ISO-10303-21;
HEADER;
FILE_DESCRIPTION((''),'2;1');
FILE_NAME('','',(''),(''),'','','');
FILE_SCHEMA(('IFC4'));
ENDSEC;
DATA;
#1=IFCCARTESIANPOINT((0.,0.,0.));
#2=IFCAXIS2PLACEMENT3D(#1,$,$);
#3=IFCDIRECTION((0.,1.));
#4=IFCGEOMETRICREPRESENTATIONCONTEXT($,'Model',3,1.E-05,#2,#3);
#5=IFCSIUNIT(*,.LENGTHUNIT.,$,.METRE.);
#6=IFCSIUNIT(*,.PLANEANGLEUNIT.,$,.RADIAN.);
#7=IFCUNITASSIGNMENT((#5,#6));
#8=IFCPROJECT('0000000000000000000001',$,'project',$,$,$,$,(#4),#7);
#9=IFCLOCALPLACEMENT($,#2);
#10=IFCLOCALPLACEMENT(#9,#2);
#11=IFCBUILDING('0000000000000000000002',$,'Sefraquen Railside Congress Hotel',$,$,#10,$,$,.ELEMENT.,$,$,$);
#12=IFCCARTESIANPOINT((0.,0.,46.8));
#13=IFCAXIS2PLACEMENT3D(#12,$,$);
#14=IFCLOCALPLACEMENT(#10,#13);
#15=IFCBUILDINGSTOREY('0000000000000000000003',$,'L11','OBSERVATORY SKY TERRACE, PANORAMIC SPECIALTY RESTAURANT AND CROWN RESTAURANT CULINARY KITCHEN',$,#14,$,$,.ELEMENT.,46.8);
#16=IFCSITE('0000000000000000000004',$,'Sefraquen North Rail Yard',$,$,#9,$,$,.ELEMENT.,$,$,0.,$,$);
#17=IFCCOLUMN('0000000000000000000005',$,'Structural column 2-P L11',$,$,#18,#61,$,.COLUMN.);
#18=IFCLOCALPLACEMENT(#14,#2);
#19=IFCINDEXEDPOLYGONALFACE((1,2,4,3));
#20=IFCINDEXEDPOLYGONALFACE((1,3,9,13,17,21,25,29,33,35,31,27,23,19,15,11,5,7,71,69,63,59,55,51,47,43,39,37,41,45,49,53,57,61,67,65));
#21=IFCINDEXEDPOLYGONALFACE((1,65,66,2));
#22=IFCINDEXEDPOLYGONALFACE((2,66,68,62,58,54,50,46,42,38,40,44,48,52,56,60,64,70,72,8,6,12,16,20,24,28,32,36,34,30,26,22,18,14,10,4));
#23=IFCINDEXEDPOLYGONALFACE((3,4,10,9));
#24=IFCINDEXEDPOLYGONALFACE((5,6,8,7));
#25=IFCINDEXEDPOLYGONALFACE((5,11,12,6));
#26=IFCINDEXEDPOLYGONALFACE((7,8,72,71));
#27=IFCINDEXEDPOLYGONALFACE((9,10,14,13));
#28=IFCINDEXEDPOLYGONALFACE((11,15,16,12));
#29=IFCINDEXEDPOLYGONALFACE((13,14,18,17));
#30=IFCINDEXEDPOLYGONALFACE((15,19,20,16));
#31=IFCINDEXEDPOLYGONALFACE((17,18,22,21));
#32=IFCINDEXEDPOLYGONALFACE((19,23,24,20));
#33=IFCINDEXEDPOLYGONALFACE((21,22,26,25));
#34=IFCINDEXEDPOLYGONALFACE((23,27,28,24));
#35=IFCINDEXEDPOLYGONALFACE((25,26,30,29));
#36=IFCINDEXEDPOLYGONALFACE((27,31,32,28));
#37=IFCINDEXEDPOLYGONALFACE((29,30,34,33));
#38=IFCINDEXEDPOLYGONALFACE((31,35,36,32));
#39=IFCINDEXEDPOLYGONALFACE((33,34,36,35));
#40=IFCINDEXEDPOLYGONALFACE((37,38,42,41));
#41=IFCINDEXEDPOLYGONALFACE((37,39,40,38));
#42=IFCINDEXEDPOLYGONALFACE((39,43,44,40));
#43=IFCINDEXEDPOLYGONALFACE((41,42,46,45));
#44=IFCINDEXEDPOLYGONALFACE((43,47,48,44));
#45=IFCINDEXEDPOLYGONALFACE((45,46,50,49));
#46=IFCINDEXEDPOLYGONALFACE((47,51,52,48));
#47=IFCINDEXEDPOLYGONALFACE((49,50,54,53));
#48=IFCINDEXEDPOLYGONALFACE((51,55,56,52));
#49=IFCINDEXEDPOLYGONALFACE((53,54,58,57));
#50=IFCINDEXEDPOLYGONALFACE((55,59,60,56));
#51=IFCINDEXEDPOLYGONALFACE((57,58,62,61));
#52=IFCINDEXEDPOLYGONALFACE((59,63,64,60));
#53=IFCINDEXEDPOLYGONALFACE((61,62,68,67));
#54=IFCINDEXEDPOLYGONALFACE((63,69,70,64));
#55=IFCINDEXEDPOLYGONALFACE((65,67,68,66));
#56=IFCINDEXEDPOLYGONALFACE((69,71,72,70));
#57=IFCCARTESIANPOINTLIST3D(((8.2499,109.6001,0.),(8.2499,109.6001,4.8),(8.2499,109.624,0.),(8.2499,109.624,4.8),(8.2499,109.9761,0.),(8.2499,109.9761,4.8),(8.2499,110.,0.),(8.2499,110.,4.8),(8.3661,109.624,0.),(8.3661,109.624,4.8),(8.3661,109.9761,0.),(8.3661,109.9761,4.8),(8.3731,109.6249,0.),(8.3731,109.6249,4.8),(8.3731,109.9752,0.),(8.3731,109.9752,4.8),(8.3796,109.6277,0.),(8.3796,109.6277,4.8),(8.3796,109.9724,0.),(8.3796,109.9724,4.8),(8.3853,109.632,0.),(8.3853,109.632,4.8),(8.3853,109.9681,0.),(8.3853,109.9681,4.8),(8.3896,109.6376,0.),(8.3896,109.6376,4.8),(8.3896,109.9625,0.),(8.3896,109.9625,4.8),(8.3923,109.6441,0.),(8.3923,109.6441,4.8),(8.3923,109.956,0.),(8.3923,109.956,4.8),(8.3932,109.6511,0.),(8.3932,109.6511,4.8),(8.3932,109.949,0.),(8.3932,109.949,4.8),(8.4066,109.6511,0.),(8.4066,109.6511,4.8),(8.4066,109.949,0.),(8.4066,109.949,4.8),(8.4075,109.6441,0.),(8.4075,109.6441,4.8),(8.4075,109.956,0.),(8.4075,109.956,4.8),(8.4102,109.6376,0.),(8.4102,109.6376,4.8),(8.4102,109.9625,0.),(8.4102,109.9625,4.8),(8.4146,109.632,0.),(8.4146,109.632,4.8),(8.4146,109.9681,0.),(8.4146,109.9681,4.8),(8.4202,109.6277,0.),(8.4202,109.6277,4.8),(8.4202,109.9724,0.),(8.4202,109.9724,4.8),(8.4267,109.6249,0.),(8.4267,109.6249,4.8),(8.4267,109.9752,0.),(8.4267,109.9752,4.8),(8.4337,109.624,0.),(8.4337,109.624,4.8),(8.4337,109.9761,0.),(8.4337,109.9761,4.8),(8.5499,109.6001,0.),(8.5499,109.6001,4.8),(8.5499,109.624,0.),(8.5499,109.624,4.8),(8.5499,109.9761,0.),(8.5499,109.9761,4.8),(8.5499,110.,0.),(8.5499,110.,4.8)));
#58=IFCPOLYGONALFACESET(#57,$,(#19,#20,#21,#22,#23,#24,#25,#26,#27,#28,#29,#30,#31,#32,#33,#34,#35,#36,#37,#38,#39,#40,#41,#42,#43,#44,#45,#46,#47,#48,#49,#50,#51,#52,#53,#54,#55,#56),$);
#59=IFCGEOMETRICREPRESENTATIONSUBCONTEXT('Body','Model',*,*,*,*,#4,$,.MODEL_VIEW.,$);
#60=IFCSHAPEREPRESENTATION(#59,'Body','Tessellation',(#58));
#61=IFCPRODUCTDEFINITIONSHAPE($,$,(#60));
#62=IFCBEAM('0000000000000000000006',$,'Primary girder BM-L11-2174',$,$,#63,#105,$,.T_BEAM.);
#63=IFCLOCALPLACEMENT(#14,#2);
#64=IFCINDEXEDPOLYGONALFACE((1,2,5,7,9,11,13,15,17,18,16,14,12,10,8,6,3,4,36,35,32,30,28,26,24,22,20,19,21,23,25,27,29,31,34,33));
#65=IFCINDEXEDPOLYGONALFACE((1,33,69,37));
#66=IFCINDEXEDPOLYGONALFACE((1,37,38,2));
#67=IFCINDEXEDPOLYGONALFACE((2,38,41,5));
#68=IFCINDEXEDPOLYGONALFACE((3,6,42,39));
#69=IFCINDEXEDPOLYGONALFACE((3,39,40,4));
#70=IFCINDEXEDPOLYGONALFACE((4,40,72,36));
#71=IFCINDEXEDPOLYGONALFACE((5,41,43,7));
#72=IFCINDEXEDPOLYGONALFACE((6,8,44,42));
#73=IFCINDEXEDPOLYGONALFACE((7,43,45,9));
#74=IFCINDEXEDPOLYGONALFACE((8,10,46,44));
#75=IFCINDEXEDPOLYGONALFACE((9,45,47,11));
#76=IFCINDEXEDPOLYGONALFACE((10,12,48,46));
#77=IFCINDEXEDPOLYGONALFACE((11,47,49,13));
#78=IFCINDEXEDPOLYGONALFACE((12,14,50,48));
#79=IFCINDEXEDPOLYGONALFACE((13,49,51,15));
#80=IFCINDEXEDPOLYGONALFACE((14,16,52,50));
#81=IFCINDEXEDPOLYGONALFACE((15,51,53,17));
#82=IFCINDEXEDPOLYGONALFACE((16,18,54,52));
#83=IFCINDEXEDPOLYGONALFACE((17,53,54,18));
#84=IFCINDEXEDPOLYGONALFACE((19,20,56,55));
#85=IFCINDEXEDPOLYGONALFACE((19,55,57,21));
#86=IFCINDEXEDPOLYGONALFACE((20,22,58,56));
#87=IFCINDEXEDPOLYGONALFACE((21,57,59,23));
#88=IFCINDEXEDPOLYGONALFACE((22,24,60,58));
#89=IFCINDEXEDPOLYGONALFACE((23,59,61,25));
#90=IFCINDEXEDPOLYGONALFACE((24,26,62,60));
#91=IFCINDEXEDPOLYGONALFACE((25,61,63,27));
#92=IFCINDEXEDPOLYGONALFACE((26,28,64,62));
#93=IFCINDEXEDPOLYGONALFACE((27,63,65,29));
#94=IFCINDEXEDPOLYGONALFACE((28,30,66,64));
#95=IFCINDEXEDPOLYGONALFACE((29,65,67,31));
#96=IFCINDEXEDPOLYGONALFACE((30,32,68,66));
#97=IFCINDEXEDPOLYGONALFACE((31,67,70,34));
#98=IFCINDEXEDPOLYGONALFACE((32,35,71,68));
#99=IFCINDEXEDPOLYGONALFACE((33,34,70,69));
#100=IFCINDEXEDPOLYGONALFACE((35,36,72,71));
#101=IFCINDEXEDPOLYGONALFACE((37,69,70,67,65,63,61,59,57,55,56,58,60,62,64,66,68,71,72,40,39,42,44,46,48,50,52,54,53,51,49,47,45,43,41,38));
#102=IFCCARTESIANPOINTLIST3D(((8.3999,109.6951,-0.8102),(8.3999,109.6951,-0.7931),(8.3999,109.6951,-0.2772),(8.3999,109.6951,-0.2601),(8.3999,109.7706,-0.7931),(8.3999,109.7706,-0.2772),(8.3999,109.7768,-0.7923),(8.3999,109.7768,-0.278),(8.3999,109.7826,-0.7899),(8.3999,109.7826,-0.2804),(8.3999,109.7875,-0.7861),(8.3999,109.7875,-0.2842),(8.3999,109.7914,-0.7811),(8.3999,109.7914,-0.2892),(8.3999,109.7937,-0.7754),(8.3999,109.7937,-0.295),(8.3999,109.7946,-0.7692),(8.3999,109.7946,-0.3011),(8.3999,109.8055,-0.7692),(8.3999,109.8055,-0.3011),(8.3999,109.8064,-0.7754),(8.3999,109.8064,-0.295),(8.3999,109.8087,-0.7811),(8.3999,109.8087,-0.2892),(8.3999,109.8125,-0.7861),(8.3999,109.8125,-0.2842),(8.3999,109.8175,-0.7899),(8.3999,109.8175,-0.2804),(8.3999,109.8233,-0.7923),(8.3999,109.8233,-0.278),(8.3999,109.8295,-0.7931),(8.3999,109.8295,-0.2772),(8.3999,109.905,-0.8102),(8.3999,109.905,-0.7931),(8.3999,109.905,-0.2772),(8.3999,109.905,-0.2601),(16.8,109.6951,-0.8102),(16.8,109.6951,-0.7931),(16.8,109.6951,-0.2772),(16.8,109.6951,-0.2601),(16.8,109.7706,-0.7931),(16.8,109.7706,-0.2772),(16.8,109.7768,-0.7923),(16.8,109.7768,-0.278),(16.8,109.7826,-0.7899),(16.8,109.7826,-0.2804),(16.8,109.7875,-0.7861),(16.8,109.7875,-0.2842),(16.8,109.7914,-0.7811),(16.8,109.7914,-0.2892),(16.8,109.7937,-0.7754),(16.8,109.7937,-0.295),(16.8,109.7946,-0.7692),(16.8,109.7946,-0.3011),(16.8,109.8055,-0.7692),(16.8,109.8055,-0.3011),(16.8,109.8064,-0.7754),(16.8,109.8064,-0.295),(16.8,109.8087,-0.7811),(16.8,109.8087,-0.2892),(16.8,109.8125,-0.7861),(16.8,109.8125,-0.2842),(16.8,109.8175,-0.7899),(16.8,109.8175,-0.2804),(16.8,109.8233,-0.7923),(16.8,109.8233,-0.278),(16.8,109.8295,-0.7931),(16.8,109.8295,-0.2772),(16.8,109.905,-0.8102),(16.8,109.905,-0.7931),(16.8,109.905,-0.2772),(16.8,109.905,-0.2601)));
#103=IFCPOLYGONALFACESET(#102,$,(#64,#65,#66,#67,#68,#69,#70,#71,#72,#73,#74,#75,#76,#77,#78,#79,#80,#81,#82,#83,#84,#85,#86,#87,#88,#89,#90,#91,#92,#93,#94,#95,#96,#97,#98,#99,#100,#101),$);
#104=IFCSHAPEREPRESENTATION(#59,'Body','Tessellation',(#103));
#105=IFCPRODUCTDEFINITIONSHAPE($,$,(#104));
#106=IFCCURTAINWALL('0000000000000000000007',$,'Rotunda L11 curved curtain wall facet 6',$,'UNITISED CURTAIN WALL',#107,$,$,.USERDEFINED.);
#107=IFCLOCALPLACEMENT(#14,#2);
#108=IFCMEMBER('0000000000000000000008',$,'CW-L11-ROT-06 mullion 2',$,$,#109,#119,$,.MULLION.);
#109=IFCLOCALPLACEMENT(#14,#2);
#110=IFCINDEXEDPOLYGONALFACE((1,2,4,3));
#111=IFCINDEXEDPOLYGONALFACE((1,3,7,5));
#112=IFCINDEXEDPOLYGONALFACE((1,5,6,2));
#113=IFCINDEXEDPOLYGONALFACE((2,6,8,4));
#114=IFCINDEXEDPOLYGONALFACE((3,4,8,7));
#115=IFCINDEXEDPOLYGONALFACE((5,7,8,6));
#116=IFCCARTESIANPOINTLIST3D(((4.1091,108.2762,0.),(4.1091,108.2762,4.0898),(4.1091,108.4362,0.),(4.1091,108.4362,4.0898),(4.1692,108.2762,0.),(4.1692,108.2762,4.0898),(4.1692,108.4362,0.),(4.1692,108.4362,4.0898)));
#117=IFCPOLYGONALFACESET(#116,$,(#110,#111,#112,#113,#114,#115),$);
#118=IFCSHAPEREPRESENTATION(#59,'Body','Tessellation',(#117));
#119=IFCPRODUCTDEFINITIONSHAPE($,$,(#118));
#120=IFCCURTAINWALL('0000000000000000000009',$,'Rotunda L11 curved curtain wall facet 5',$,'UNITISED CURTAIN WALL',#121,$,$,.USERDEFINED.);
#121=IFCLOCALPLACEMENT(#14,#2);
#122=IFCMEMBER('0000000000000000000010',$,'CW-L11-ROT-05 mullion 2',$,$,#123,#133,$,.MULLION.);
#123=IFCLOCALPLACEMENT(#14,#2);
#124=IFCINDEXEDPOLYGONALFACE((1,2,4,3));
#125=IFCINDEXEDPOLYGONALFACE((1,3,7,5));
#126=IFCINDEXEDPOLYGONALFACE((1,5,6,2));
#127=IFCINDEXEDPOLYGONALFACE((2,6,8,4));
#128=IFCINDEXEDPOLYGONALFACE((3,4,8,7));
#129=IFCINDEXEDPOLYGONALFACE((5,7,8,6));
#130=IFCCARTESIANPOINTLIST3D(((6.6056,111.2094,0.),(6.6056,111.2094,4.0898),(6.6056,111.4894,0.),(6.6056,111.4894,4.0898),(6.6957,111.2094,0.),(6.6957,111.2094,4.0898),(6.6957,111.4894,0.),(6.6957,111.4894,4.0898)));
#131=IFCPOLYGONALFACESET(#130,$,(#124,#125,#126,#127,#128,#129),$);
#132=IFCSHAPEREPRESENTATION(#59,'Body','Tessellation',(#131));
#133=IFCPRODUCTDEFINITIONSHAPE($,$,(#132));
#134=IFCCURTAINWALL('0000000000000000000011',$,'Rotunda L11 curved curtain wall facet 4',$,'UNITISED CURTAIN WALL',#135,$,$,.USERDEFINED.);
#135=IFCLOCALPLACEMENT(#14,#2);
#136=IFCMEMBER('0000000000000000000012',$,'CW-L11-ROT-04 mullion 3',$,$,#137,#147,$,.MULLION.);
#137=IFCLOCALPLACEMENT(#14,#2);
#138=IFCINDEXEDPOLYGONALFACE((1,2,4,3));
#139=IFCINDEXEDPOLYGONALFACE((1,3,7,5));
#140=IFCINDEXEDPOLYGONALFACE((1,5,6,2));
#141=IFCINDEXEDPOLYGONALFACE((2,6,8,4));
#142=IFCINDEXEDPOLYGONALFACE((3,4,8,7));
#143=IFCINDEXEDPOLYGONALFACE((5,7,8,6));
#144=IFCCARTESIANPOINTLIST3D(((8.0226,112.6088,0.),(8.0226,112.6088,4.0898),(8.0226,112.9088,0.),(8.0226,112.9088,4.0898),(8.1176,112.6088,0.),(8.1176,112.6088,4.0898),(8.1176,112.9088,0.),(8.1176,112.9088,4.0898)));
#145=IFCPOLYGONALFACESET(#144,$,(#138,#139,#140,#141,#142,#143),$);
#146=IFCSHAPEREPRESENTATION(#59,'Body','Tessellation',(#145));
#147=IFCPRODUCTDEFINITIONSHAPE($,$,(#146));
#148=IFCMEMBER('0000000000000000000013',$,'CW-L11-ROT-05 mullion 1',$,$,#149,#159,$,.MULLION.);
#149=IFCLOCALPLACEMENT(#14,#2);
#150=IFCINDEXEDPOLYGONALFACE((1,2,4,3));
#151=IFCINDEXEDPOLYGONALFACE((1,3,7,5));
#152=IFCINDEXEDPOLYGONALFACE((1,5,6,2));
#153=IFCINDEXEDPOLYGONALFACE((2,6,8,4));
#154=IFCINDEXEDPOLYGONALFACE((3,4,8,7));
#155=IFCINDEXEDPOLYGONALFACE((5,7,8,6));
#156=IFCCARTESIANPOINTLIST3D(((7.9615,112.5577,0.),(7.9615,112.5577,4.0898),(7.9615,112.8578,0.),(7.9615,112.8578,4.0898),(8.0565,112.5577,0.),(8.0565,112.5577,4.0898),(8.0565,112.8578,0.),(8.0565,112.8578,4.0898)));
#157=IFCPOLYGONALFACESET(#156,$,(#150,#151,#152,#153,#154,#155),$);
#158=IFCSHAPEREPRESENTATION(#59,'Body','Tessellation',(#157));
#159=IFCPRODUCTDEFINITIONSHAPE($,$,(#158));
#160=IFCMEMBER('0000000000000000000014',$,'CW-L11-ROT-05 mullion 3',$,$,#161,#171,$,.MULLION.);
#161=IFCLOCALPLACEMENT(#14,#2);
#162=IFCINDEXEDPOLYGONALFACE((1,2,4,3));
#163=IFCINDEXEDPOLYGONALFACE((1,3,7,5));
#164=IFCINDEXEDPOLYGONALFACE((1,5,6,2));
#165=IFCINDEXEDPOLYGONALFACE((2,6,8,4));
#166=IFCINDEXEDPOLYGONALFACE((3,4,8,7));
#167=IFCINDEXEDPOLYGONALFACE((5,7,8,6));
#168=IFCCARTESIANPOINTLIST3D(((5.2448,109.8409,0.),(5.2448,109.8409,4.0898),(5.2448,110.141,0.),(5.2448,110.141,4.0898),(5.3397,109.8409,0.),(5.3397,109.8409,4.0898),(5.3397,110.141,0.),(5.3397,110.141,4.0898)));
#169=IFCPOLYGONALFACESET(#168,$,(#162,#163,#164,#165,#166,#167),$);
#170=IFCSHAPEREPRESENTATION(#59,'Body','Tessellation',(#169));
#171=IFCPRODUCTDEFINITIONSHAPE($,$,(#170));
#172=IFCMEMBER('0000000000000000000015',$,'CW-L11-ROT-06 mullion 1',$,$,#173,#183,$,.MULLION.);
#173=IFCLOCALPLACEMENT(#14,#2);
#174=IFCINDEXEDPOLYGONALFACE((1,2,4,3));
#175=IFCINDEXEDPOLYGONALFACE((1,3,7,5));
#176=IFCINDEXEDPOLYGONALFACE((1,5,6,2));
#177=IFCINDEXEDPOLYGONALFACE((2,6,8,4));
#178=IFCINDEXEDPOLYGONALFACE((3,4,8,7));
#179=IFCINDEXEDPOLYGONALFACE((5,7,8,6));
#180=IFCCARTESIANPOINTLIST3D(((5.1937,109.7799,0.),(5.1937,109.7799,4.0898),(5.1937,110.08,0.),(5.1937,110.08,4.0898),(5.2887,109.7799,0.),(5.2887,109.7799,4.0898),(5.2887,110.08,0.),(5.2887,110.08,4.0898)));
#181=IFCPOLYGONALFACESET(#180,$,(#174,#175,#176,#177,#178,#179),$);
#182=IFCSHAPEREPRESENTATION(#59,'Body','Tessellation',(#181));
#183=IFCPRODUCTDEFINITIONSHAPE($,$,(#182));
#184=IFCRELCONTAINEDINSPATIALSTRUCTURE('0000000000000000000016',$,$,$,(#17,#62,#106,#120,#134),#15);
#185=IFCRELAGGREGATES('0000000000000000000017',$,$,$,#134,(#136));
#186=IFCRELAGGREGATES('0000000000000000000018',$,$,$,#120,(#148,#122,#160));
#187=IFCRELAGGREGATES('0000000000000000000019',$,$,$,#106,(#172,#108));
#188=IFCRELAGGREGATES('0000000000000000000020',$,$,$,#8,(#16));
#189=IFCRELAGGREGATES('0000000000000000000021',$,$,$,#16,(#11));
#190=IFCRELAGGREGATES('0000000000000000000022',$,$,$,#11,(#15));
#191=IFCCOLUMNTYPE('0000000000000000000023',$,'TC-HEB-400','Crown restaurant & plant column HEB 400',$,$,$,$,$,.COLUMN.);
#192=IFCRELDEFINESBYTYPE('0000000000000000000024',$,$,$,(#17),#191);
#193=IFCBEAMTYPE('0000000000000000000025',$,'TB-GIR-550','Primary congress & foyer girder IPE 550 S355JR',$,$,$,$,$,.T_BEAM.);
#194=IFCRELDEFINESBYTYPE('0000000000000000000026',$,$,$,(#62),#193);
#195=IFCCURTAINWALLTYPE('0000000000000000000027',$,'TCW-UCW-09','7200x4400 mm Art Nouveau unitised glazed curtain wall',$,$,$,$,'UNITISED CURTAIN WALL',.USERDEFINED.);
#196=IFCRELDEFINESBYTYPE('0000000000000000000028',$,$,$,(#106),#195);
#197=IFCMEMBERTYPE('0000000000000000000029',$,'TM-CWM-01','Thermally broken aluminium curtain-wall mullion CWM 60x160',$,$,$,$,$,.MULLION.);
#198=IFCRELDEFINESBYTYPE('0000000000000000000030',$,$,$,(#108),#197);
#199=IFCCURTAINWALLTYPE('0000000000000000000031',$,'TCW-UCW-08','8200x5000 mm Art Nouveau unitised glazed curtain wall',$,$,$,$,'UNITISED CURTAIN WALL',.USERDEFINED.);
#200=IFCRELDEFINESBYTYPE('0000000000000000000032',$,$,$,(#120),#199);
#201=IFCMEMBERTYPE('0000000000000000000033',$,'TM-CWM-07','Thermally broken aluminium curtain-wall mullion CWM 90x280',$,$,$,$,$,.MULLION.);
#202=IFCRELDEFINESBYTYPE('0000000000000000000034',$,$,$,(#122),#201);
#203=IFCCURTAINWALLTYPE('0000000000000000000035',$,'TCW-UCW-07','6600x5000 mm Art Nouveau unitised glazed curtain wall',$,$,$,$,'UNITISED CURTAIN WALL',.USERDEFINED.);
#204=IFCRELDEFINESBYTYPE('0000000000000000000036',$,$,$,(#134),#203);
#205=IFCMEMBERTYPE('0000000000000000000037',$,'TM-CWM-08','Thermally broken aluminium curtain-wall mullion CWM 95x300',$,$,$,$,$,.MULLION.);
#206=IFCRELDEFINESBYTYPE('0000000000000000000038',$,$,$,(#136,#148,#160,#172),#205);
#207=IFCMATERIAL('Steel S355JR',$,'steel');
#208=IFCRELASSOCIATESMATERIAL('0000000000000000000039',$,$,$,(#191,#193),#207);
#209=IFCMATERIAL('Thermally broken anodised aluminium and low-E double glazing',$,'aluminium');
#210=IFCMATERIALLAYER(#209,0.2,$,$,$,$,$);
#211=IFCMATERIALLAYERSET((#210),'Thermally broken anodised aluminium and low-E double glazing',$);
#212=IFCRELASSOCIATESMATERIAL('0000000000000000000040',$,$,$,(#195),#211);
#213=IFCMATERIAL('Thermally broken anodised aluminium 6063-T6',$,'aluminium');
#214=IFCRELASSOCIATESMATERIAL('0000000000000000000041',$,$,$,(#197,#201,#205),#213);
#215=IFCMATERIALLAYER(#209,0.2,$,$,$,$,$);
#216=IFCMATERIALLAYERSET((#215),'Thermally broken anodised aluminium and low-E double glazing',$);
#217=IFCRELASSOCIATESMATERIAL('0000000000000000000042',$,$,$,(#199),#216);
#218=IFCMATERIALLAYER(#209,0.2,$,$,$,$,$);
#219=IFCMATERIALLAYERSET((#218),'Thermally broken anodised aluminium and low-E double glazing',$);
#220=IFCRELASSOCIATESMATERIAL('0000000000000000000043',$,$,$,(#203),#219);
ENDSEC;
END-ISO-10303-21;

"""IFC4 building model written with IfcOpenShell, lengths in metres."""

from ifc_helpers import new_model, si_unit, direction, frame, origin, origin_2d, place, context, subcontext, project, spatial, rectangle, i_section, extrude, material, layer, layer_set, material_profile, profile_set, type_object, element, aggregate, save


model = new_model("IFC4")

# Units and contexts
model_context = context("Model", 3, precision=1e-05, world=origin(), true_north=direction((0.0, 1.0)))
body_context = subcontext(model_context, "Body", "Model", "MODEL_VIEW")
ifc_project = project(units=[si_unit("LENGTHUNIT", "METRE"), si_unit("PLANEANGLEUNIT", "RADIAN")], contexts=[model_context])

# Site, building, storey
site_placement = place(None, origin())
site = spatial("IfcSite", under=ifc_project, at=site_placement, Name="Sefraquen North Rail Yard", CompositionType="ELEMENT", RefElevation=0.0)
building_placement = place(site_placement, origin())
building = spatial("IfcBuilding", under=site, at=building_placement, Name="Sefraquen Railside Congress Hotel", CompositionType="ELEMENT")
storey_placement = place(building_placement, frame((0.0, 0.0, 46.8)))
storey = spatial("IfcBuildingStorey", under=building, at=storey_placement, Name="L11", Description="OBSERVATORY SKY TERRACE, PANORAMIC SPECIALTY RESTAURANT AND CROWN RESTAURANT CULINARY KITCHEN", CompositionType="ELEMENT", Elevation=46.8)

# Column
ifc_material_1 = material(Name="Steel S355JR", Category="steel")
ifc_material_profile_1 = material_profile(ifc_material_1, i_section(OverallWidth=0.3, OverallDepth=0.3999, WebThickness=0.0134, FlangeThickness=0.0239, FilletRadius=0.0271, at=origin_2d()), Name="HEB 400")
ifc_profile_set_1 = profile_set([ifc_material_profile_1], Name="Steel S355JR")
column_type = type_object("IfcColumnType", Name="TC-HEB-400", Description="Crown restaurant & plant column HEB 400", PredefinedType="COLUMN", material=ifc_profile_set_1)
column_placement = place(storey_placement, frame((8.3999, 109.8, 0.0), z_axis=(0.0, 0.0, 1.0), x_axis=(1.0, 0.0, 0.0)))
element("IfcColumn", 1, at=column_placement, inside=storey, type_object=column_type, Name="Structural column 2-P L11", PredefinedType="COLUMN", context=body_context, shape_type="SweptSolid", body=[
    extrude(i_section(OverallWidth=0.3, OverallDepth=0.3999, WebThickness=0.0134, FlangeThickness=0.0239, FilletRadius=0.0271, at=origin_2d()), origin(), (0.0, 0.0, 1.0), 4.8),
])

# Beam
ifc_material_profile_2 = material_profile(ifc_material_1, i_section(OverallWidth=0.21, OverallDepth=0.55, WebThickness=0.011, FlangeThickness=0.0171, FilletRadius=0.0239, at=origin_2d()), Name="IPE 550")
ifc_profile_set_2 = profile_set([ifc_material_profile_2], Name="Steel S355JR")
beam_type = type_object("IfcBeamType", Name="TB-GIR-550", Description="Primary congress & foyer girder IPE 550 S355JR", PredefinedType="T_BEAM", material=ifc_profile_set_2)
beam_placement = place(storey_placement, frame((8.3999, 109.8, -0.5352), z_axis=(1.0, 0.0, 0.0), x_axis=(0.0, 1.0, 0.0)))
element("IfcBeam", 2, at=beam_placement, inside=storey, type_object=beam_type, Name="Primary girder BM-L11-2174", PredefinedType="T_BEAM", context=body_context, shape_type="SweptSolid", body=[
    extrude(i_section(OverallWidth=0.21, OverallDepth=0.55, WebThickness=0.011, FlangeThickness=0.0171, FilletRadius=0.0239, at=origin_2d()), origin(), (0.0, 0.0, 1.0), 8.4001),
])

# Curtain walls, members
ifc_material_2 = material(Name="Thermally broken anodised aluminium and low-E double glazing", Category="aluminium")
ifc_layer_1 = layer(ifc_material_2, 0.2)
ifc_layer_set_1 = layer_set([ifc_layer_1], Name="Thermally broken anodised aluminium and low-E double glazing")
curtain_wall_type_1 = type_object("IfcCurtainWallType", Name="TCW-UCW-09", Description="7200x4400 mm Art Nouveau unitised glazed curtain wall", ElementType="UNITISED CURTAIN WALL", PredefinedType="USERDEFINED", material=ifc_layer_set_1)
curtain_wall_1_placement = place(storey_placement, origin())
curtain_wall_1 = element("IfcCurtainWall", 3, at=curtain_wall_1_placement, inside=storey, type_object=curtain_wall_type_1, Name="Rotunda L11 curved curtain wall facet 6", ObjectType="UNITISED CURTAIN WALL", PredefinedType="USERDEFINED")
ifc_material_3 = material(Name="Thermally broken anodised aluminium 6063-T6", Category="aluminium")
ifc_material_profile_3 = material_profile(ifc_material_3, rectangle(XDim=0.0601, YDim=0.1599, at=origin_2d()), Name="CWM 60x160")
ifc_profile_set_3 = profile_set([ifc_material_profile_3], Name="Thermally broken anodised aluminium 6063-T6")
member_type_1 = type_object("IfcMemberType", Name="TM-CWM-01", Description="Thermally broken aluminium curtain-wall mullion CWM 60x160", PredefinedType="MULLION", material=ifc_profile_set_3)
member_1_placement = place(storey_placement, frame((4.1392, 108.3562, 0.0), z_axis=(0.0, 0.0, 1.0), x_axis=(1.0, 0.0, 0.0)))
member_1 = element("IfcMember", 4, at=member_1_placement, type_object=member_type_1, Name="CW-L11-ROT-06 mullion 2", PredefinedType="MULLION", context=body_context, shape_type="SweptSolid", body=[
    extrude(rectangle(XDim=0.0601, YDim=0.1599, at=origin_2d()), origin(), (0.0, 0.0, 1.0), 4.0898),
])
ifc_layer_2 = layer(ifc_material_2, 0.2)
ifc_layer_set_2 = layer_set([ifc_layer_2], Name="Thermally broken anodised aluminium and low-E double glazing")
curtain_wall_type_2 = type_object("IfcCurtainWallType", Name="TCW-UCW-08", Description="8200x5000 mm Art Nouveau unitised glazed curtain wall", ElementType="UNITISED CURTAIN WALL", PredefinedType="USERDEFINED", material=ifc_layer_set_2)
curtain_wall_2_placement = place(storey_placement, origin())
curtain_wall_2 = element("IfcCurtainWall", 5, at=curtain_wall_2_placement, inside=storey, type_object=curtain_wall_type_2, Name="Rotunda L11 curved curtain wall facet 5", ObjectType="UNITISED CURTAIN WALL", PredefinedType="USERDEFINED")
ifc_material_profile_4 = material_profile(ifc_material_3, rectangle(XDim=0.0901, YDim=0.28, at=origin_2d()), Name="CWM 90x280")
ifc_profile_set_4 = profile_set([ifc_material_profile_4], Name="Thermally broken anodised aluminium 6063-T6")
member_type_2 = type_object("IfcMemberType", Name="TM-CWM-07", Description="Thermally broken aluminium curtain-wall mullion CWM 90x280", PredefinedType="MULLION", material=ifc_profile_set_4)
member_2_placement = place(storey_placement, frame((6.6506, 111.3494, 0.0), z_axis=(0.0, 0.0, 1.0), x_axis=(1.0, 0.0, 0.0)))
member_2 = element("IfcMember", 6, at=member_2_placement, type_object=member_type_2, Name="CW-L11-ROT-05 mullion 2", PredefinedType="MULLION", context=body_context, shape_type="SweptSolid", body=[
    extrude(rectangle(XDim=0.0901, YDim=0.28, at=origin_2d()), origin(), (0.0, 0.0, 1.0), 4.0898),
])
ifc_layer_3 = layer(ifc_material_2, 0.2)
ifc_layer_set_3 = layer_set([ifc_layer_3], Name="Thermally broken anodised aluminium and low-E double glazing")
curtain_wall_type_3 = type_object("IfcCurtainWallType", Name="TCW-UCW-07", Description="6600x5000 mm Art Nouveau unitised glazed curtain wall", ElementType="UNITISED CURTAIN WALL", PredefinedType="USERDEFINED", material=ifc_layer_set_3)
curtain_wall_3_placement = place(storey_placement, origin())
curtain_wall_3 = element("IfcCurtainWall", 7, at=curtain_wall_3_placement, inside=storey, type_object=curtain_wall_type_3, Name="Rotunda L11 curved curtain wall facet 4", ObjectType="UNITISED CURTAIN WALL", PredefinedType="USERDEFINED")
ifc_material_profile_5 = material_profile(ifc_material_3, rectangle(XDim=0.095, YDim=0.3, at=origin_2d()), Name="CWM 95x300")
ifc_profile_set_5 = profile_set([ifc_material_profile_5], Name="Thermally broken anodised aluminium 6063-T6")
member_type_3 = type_object("IfcMemberType", Name="TM-CWM-08", Description="Thermally broken aluminium curtain-wall mullion CWM 95x300", PredefinedType="MULLION", material=ifc_profile_set_5)
member_3_placement = place(storey_placement, frame((8.0701, 112.7588, 0.0), z_axis=(0.0, 0.0, 1.0), x_axis=(1.0, 0.0, 0.0)))
member_3 = element("IfcMember", 8, at=member_3_placement, type_object=member_type_3, Name="CW-L11-ROT-04 mullion 3", PredefinedType="MULLION", context=body_context, shape_type="SweptSolid", body=[
    extrude(rectangle(XDim=0.095, YDim=0.3, at=origin_2d()), origin(), (0.0, 0.0, 1.0), 4.0898),
])

# Members
member_4_placement = place(storey_placement, frame((8.009, 112.7078, 0.0), z_axis=(0.0, 0.0, 1.0), x_axis=(1.0, 0.0, 0.0)))
member_4 = element("IfcMember", 9, at=member_4_placement, type_object=member_type_3, Name="CW-L11-ROT-05 mullion 1", PredefinedType="MULLION", context=body_context, shape_type="SweptSolid", body=[
    extrude(rectangle(XDim=0.095, YDim=0.3, at=origin_2d()), origin(), (0.0, 0.0, 1.0), 4.0898),
])
member_5_placement = place(storey_placement, frame((5.2922, 109.991, 0.0), z_axis=(0.0, 0.0, 1.0), x_axis=(1.0, 0.0, 0.0)))
member_5 = element("IfcMember", 10, at=member_5_placement, type_object=member_type_3, Name="CW-L11-ROT-05 mullion 3", PredefinedType="MULLION", context=body_context, shape_type="SweptSolid", body=[
    extrude(rectangle(XDim=0.095, YDim=0.3, at=origin_2d()), origin(), (0.0, 0.0, 1.0), 4.0898),
])
member_6_placement = place(storey_placement, frame((5.2412, 109.9299, 0.0), z_axis=(0.0, 0.0, 1.0), x_axis=(1.0, 0.0, 0.0)))
member_6 = element("IfcMember", 11, at=member_6_placement, type_object=member_type_3, Name="CW-L11-ROT-06 mullion 1", PredefinedType="MULLION", context=body_context, shape_type="SweptSolid", body=[
    extrude(rectangle(XDim=0.095, YDim=0.3, at=origin_2d()), origin(), (0.0, 0.0, 1.0), 4.0898),
])

aggregate(curtain_wall_3, [member_3])
aggregate(curtain_wall_2, [member_4, member_2, member_5])
aggregate(curtain_wall_1, [member_6, member_1])

save(model, "model.ifc")
